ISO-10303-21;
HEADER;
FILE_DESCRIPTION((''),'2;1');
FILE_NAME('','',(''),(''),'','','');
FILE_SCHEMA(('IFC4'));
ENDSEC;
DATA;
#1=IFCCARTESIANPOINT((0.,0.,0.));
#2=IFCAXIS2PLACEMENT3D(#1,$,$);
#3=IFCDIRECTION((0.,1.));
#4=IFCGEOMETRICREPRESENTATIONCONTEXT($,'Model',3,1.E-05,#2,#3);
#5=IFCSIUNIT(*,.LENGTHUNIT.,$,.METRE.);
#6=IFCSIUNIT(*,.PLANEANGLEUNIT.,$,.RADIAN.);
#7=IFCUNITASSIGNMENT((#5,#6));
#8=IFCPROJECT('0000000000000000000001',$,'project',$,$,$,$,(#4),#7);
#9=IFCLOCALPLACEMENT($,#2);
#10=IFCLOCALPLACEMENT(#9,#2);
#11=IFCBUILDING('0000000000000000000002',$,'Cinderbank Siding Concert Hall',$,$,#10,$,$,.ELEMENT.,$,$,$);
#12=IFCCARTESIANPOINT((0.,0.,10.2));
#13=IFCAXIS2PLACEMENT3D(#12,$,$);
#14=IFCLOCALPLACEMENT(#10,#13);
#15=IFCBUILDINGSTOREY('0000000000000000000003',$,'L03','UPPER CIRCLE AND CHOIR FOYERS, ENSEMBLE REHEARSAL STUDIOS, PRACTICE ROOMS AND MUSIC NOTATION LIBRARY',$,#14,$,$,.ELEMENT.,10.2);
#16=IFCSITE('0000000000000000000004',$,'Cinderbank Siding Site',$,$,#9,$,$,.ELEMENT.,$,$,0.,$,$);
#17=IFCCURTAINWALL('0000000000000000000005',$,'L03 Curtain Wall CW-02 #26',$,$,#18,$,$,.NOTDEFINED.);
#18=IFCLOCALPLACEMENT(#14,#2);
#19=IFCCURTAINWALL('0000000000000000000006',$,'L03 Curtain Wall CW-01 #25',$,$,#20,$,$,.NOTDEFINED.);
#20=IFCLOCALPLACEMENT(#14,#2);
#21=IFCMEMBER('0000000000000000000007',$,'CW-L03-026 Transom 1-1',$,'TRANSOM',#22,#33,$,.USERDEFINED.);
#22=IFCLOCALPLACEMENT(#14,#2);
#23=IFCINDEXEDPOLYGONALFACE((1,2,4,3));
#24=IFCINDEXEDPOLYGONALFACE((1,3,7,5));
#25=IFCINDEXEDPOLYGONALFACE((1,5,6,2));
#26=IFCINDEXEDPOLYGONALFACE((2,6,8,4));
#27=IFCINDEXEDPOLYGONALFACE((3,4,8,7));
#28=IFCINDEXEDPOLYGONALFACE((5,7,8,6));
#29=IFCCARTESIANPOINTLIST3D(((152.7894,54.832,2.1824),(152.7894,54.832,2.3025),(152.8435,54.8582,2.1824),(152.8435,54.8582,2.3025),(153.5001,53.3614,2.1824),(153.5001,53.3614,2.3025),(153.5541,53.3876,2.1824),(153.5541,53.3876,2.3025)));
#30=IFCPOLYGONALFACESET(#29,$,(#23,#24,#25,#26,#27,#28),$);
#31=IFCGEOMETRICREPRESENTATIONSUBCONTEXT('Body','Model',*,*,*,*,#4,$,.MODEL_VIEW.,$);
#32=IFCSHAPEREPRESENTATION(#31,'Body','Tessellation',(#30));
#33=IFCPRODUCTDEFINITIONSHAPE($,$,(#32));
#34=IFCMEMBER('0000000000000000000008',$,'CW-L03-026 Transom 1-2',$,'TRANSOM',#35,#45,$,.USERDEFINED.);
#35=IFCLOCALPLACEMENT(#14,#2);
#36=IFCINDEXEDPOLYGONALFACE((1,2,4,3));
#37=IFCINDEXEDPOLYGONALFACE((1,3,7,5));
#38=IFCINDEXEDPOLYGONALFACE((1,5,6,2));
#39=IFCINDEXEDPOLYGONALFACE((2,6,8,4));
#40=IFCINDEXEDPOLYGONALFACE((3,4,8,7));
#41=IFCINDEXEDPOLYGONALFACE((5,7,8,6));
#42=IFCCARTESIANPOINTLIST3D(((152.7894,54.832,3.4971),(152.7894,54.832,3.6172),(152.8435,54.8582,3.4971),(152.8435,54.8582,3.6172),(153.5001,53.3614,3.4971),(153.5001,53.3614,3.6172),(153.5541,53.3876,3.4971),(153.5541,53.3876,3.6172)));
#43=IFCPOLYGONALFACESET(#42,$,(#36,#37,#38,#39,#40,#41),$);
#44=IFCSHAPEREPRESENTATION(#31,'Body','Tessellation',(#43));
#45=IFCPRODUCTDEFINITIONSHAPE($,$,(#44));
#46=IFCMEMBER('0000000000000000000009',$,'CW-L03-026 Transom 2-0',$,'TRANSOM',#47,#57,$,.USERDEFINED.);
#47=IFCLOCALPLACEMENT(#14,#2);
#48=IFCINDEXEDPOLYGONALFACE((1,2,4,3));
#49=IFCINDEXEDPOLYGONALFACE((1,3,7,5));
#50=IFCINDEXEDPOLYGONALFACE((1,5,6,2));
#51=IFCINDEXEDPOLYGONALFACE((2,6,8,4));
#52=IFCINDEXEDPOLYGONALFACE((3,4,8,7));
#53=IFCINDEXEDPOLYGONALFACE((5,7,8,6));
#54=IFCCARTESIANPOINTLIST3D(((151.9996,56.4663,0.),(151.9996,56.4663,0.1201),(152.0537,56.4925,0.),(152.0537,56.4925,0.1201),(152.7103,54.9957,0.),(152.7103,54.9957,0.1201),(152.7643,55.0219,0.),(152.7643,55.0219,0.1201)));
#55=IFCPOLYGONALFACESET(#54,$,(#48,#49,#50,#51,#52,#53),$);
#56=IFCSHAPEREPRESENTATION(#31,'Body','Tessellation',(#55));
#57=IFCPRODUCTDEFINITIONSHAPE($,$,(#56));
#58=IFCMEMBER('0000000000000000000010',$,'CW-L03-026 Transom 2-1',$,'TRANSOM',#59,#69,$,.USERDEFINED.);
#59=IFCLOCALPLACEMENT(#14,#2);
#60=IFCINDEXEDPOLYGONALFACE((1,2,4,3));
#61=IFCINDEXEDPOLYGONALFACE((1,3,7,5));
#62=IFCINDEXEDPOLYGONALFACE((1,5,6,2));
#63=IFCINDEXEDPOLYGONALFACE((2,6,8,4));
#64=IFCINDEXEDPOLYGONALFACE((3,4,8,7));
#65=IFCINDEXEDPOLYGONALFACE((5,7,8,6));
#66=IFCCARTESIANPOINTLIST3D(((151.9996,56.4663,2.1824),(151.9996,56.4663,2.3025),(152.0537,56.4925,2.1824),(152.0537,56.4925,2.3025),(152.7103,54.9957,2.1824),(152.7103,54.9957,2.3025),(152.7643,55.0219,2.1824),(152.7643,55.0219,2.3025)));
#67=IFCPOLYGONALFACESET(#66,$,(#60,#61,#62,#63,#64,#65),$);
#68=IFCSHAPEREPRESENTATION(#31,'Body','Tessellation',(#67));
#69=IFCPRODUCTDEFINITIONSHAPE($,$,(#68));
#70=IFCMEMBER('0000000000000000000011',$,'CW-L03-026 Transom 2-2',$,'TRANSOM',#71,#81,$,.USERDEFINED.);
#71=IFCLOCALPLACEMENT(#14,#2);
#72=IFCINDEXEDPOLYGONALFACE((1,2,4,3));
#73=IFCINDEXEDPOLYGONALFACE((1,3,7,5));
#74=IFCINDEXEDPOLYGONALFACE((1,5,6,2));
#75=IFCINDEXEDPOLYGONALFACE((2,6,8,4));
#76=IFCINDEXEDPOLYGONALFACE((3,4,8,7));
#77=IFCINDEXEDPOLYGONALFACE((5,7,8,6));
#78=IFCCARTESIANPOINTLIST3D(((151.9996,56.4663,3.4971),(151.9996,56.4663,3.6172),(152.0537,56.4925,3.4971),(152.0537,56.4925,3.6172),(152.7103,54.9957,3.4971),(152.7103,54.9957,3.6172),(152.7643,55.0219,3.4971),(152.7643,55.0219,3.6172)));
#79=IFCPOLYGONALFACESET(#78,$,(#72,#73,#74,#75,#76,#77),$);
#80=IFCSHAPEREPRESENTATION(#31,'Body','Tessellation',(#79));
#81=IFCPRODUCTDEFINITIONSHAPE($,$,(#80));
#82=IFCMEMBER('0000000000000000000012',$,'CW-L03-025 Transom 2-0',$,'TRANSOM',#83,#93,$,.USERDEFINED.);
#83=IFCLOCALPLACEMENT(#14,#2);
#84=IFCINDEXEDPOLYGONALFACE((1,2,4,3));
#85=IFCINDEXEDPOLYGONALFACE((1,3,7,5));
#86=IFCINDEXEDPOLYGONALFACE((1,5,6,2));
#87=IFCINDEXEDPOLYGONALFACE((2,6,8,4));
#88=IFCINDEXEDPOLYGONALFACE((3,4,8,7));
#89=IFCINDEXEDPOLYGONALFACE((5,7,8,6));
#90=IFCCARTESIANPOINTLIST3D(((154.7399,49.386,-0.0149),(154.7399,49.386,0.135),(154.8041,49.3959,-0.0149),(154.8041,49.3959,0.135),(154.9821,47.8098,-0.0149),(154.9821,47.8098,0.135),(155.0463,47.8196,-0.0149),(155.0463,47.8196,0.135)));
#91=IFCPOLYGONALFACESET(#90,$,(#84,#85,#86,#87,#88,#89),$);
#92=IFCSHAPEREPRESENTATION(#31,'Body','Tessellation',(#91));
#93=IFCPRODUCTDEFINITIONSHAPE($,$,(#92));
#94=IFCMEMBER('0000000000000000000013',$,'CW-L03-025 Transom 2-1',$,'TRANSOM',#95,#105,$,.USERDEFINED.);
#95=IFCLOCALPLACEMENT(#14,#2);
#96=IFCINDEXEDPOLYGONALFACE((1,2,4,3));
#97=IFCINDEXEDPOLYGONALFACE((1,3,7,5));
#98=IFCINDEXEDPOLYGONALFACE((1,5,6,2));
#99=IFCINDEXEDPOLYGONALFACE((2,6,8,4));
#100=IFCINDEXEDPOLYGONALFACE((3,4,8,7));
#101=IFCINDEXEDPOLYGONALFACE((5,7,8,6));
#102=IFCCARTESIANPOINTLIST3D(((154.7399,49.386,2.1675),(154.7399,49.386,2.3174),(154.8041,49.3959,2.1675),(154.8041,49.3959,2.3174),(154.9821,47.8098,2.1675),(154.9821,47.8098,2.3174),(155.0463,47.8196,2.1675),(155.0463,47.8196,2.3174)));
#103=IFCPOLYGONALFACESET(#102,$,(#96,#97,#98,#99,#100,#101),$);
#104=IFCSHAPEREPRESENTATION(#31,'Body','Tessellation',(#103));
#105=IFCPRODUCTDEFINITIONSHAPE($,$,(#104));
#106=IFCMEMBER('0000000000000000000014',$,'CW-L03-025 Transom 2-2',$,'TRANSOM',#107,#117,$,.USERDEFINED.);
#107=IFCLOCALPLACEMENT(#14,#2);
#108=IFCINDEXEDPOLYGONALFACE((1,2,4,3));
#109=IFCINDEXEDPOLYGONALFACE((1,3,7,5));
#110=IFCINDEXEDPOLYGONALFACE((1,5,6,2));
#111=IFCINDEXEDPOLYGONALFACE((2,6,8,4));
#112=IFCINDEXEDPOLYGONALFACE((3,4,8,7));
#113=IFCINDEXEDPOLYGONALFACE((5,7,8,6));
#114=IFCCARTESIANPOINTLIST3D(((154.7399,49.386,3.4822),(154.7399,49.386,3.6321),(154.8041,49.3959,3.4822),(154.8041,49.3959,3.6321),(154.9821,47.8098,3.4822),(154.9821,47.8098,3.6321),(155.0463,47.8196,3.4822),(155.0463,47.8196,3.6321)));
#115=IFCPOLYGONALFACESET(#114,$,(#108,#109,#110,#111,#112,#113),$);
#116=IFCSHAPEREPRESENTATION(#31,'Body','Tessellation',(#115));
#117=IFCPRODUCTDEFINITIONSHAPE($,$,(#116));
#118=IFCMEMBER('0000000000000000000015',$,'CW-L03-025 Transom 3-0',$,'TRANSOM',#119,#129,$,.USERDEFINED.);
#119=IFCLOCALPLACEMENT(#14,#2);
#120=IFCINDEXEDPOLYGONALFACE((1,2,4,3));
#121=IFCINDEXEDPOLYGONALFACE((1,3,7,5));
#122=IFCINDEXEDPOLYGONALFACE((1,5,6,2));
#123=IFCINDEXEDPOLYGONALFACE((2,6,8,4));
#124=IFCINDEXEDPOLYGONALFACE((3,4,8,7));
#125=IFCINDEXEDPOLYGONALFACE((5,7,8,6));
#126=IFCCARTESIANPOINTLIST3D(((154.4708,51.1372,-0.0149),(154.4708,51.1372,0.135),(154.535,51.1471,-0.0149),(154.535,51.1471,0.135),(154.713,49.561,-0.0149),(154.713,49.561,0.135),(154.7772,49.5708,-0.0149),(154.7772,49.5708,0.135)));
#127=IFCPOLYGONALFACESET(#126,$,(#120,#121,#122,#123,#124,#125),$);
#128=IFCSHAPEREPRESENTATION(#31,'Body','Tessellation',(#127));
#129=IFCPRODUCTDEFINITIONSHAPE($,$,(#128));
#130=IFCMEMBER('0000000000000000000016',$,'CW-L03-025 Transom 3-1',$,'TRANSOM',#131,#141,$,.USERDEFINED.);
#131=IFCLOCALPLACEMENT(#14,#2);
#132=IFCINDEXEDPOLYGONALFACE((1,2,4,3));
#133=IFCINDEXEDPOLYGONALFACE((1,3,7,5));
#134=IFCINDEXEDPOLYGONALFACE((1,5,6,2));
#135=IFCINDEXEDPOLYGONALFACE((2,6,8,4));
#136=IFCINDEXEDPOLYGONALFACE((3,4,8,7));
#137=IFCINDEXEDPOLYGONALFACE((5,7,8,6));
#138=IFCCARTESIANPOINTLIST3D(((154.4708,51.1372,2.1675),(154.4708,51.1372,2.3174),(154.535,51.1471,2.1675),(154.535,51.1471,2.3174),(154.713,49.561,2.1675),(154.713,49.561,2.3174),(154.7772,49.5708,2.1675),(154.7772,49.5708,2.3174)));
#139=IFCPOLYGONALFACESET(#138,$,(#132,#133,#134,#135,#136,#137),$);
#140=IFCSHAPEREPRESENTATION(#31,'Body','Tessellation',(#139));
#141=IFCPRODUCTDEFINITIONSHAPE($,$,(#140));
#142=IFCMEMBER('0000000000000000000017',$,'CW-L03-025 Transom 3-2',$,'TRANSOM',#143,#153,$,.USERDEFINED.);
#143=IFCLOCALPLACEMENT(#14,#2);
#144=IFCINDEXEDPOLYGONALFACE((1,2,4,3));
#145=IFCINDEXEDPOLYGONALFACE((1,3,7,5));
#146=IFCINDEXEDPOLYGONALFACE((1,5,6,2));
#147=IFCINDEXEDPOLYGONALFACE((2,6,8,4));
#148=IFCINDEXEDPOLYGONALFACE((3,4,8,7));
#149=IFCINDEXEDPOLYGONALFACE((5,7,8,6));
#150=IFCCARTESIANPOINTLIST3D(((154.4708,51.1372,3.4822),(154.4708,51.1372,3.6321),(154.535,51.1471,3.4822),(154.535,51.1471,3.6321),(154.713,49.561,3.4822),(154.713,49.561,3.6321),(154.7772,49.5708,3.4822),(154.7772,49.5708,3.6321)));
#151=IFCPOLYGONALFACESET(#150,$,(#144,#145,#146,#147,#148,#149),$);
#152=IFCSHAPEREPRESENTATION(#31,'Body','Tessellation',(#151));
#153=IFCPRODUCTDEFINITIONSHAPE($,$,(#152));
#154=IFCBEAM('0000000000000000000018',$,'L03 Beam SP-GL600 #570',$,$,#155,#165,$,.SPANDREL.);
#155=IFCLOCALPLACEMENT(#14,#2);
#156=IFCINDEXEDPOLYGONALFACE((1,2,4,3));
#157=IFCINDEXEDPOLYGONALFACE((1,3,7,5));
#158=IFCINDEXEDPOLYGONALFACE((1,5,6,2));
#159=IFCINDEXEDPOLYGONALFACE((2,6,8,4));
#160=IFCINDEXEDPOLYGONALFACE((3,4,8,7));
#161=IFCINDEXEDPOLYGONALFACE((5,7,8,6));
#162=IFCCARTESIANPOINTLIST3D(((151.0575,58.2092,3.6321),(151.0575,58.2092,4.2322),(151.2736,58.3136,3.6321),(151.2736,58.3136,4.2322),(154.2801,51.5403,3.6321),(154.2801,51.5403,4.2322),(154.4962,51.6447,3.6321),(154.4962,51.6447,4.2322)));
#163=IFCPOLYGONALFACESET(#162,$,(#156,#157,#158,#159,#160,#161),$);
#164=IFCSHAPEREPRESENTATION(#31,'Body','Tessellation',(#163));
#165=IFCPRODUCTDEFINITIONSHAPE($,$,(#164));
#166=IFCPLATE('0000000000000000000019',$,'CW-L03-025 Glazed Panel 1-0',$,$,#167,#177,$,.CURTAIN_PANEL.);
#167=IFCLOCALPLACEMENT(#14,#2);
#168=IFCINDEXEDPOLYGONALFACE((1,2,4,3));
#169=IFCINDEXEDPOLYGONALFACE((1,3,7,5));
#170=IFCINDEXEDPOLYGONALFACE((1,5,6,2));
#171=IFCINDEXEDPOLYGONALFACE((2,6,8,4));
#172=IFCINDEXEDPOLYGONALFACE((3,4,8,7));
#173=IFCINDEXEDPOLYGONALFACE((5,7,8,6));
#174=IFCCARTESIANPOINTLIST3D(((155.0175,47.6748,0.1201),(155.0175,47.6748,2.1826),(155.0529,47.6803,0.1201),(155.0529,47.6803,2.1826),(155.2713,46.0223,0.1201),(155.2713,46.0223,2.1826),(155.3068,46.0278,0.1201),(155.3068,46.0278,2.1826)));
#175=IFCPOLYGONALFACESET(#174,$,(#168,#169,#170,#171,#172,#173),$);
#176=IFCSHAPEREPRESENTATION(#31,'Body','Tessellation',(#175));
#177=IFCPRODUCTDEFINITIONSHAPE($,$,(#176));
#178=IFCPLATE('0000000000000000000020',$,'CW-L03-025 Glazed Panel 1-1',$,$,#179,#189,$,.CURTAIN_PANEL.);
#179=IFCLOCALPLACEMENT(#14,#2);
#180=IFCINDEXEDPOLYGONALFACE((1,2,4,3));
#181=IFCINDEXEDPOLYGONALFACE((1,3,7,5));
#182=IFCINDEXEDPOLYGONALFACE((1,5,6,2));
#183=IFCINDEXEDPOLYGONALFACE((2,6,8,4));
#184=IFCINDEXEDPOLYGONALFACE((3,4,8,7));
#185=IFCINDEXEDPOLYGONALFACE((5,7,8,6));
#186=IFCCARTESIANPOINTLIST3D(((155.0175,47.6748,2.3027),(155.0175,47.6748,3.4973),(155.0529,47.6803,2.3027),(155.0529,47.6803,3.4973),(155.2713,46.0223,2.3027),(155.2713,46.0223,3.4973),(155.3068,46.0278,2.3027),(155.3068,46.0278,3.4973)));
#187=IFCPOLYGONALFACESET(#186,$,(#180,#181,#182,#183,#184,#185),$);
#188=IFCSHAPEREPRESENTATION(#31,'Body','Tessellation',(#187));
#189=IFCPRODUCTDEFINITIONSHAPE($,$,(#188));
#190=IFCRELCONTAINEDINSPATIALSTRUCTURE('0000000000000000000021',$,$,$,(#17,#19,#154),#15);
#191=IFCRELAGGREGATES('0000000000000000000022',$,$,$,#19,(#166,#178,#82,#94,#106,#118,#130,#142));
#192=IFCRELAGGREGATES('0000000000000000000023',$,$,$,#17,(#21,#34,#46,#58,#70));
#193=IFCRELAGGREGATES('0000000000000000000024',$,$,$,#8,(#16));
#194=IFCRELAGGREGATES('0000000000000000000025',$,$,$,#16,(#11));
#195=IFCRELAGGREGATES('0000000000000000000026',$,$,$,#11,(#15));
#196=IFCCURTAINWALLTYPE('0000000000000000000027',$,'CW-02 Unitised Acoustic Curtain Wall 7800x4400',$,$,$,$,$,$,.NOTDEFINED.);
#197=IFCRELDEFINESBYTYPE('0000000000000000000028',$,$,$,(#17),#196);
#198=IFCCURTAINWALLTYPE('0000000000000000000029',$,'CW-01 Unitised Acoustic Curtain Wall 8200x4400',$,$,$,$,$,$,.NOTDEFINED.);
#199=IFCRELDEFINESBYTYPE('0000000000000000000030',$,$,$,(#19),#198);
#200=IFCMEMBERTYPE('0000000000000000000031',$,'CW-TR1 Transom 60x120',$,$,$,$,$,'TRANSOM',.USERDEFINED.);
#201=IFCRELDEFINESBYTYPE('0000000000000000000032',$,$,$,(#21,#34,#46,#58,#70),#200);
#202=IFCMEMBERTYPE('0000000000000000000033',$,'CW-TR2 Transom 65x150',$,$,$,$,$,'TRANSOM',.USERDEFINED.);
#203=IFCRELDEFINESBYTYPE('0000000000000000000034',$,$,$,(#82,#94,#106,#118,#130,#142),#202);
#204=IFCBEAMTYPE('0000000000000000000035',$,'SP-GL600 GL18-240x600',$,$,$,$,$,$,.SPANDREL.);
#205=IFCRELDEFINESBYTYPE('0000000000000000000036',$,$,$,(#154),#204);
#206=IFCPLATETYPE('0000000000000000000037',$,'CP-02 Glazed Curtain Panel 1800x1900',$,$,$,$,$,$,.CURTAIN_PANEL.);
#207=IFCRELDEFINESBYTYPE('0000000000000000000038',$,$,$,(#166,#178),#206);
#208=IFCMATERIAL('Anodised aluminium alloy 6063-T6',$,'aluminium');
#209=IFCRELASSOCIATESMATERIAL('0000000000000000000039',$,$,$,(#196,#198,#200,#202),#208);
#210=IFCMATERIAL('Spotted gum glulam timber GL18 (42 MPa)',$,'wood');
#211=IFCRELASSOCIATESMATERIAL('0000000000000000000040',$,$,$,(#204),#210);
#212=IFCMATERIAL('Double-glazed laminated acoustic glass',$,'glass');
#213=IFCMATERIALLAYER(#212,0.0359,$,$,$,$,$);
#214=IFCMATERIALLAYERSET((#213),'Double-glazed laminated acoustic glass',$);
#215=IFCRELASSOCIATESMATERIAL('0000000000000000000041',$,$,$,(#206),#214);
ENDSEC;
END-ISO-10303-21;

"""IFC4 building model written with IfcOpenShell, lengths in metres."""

from ifc_helpers import new_model, si_unit, direction, frame, origin, origin_2d, place, context, subcontext, project, spatial, rectangle, extrude, material, layer, layer_set, material_profile, profile_set, type_object, element, aggregate, save


model = new_model("IFC4")

# Units and contexts
model_context = context("Model", 3, precision=1e-05, world=origin(), true_north=direction((0.0, 1.0)))
body_context = subcontext(model_context, "Body", "Model", "MODEL_VIEW")
ifc_project = project(units=[si_unit("LENGTHUNIT", "METRE"), si_unit("PLANEANGLEUNIT", "RADIAN")], contexts=[model_context])

# Site, building, storey
site_placement = place(None, origin())
site = spatial("IfcSite", under=ifc_project, at=site_placement, Name="Cinderbank Siding Site", CompositionType="ELEMENT", RefElevation=0.0)
building_placement = place(site_placement, origin())
building = spatial("IfcBuilding", under=site, at=building_placement, Name="Cinderbank Siding Concert Hall", CompositionType="ELEMENT")
storey_placement = place(building_placement, frame((0.0, 0.0, 10.2)))
storey = spatial("IfcBuildingStorey", under=building, at=storey_placement, Name="L03", Description="UPPER CIRCLE AND CHOIR FOYERS, ENSEMBLE REHEARSAL STUDIOS, PRACTICE ROOMS AND MUSIC NOTATION LIBRARY", CompositionType="ELEMENT", Elevation=10.2)

# Curtain walls
ifc_material_1 = material(Name="Anodised aluminium alloy 6063-T6", Category="aluminium")
curtain_wall_type_1 = type_object("IfcCurtainWallType", Name="CW-02 Unitised Acoustic Curtain Wall 7800x4400", PredefinedType="NOTDEFINED", material=ifc_material_1)
curtain_wall_1_placement = place(storey_placement, origin())
curtain_wall_1 = element("IfcCurtainWall", 1, at=curtain_wall_1_placement, inside=storey, type_object=curtain_wall_type_1, Name="L03 Curtain Wall CW-02 #26", PredefinedType="NOTDEFINED")
curtain_wall_type_2 = type_object("IfcCurtainWallType", Name="CW-01 Unitised Acoustic Curtain Wall 8200x4400", PredefinedType="NOTDEFINED", material=ifc_material_1)
curtain_wall_2_placement = place(storey_placement, origin())
curtain_wall_2 = element("IfcCurtainWall", 2, at=curtain_wall_2_placement, inside=storey, type_object=curtain_wall_type_2, Name="L03 Curtain Wall CW-01 #25", PredefinedType="NOTDEFINED")

# Members
ifc_material_profile_1 = material_profile(ifc_material_1, rectangle(XDim=0.0601, YDim=0.1201, at=origin_2d()), Name="ALU-TRAN-60x120", Category="LoadBearing")
ifc_profile_set_1 = profile_set([ifc_material_profile_1], Name="Anodised aluminium alloy 6063-T6")
member_type_1 = type_object("IfcMemberType", Name="CW-TR1 Transom 60x120", ElementType="TRANSOM", PredefinedType="USERDEFINED", material=ifc_profile_set_1)
member_1_placement = place(storey_placement, frame((153.5271, 53.3745, 2.2424), z_axis=(-0.435096, 0.900384, 0.0), x_axis=(-0.900384, -0.435096, 0.0)))
member_1 = element("IfcMember", 3, at=member_1_placement, type_object=member_type_1, Name="CW-L03-026 Transom 1-1", ObjectType="TRANSOM", PredefinedType="USERDEFINED", context=body_context, shape_type="SweptSolid", body=[
    extrude(rectangle(XDim=0.0601, YDim=0.1201, at=origin_2d()), origin(), (0.0, 0.0, 1.0), 1.6333),
])
member_2_placement = place(storey_placement, frame((153.5271, 53.3745, 3.5571), z_axis=(-0.435096, 0.900384, 0.0), x_axis=(-0.900384, -0.435096, 0.0)))
member_2 = element("IfcMember", 4, at=member_2_placement, type_object=member_type_1, Name="CW-L03-026 Transom 1-2", ObjectType="TRANSOM", PredefinedType="USERDEFINED", context=body_context, shape_type="SweptSolid", body=[
    extrude(rectangle(XDim=0.0601, YDim=0.1201, at=origin_2d()), origin(), (0.0, 0.0, 1.0), 1.6333),
])
member_3_placement = place(storey_placement, frame((152.7373, 55.0088, 0.0601), z_axis=(-0.435096, 0.900384, 0.0), x_axis=(-0.900384, -0.435096, 0.0)))
member_3 = element("IfcMember", 5, at=member_3_placement, type_object=member_type_1, Name="CW-L03-026 Transom 2-0", ObjectType="TRANSOM", PredefinedType="USERDEFINED", context=body_context, shape_type="SweptSolid", body=[
    extrude(rectangle(XDim=0.0601, YDim=0.1201, at=origin_2d()), origin(), (0.0, 0.0, 1.0), 1.6333),
])
member_4_placement = place(storey_placement, frame((152.7373, 55.0088, 2.2424), z_axis=(-0.435096, 0.900384, 0.0), x_axis=(-0.900384, -0.435096, 0.0)))
member_4 = element("IfcMember", 6, at=member_4_placement, type_object=member_type_1, Name="CW-L03-026 Transom 2-1", ObjectType="TRANSOM", PredefinedType="USERDEFINED", context=body_context, shape_type="SweptSolid", body=[
    extrude(rectangle(XDim=0.0601, YDim=0.1201, at=origin_2d()), origin(), (0.0, 0.0, 1.0), 1.6333),
])
member_5_placement = place(storey_placement, frame((152.7373, 55.0088, 3.5571), z_axis=(-0.435096, 0.900384, 0.0), x_axis=(-0.900384, -0.435096, 0.0)))
member_5 = element("IfcMember", 7, at=member_5_placement, type_object=member_type_1, Name="CW-L03-026 Transom 2-2", ObjectType="TRANSOM", PredefinedType="USERDEFINED", context=body_context, shape_type="SweptSolid", body=[
    extrude(rectangle(XDim=0.0601, YDim=0.1201, at=origin_2d()), origin(), (0.0, 0.0, 1.0), 1.6333),
])
ifc_material_profile_2 = material_profile(ifc_material_1, rectangle(XDim=0.0649, YDim=0.1499, at=origin_2d()), Name="ALU-TRAN-65x150", Category="LoadBearing")
ifc_profile_set_2 = profile_set([ifc_material_profile_2], Name="Anodised aluminium alloy 6063-T6")
member_type_2 = type_object("IfcMemberType", Name="CW-TR2 Transom 65x150", ElementType="TRANSOM", PredefinedType="USERDEFINED", material=ifc_profile_set_2)
member_6_placement = place(storey_placement, frame((155.0142, 47.8147, 0.0601), z_axis=(-0.151873, 0.9884, 0.0), x_axis=(-0.9884, -0.151873, 0.0)))
member_6 = element("IfcMember", 8, at=member_6_placement, type_object=member_type_2, Name="CW-L03-025 Transom 2-0", ObjectType="TRANSOM", PredefinedType="USERDEFINED", context=body_context, shape_type="SweptSolid", body=[
    extrude(rectangle(XDim=0.0649, YDim=0.1499, at=origin_2d()), origin(), (0.0, 0.0, 1.0), 1.5947),
])
member_7_placement = place(storey_placement, frame((155.0142, 47.8147, 2.2424), z_axis=(-0.151873, 0.9884, 0.0), x_axis=(-0.9884, -0.151873, 0.0)))
member_7 = element("IfcMember", 9, at=member_7_placement, type_object=member_type_2, Name="CW-L03-025 Transom 2-1", ObjectType="TRANSOM", PredefinedType="USERDEFINED", context=body_context, shape_type="SweptSolid", body=[
    extrude(rectangle(XDim=0.0649, YDim=0.1499, at=origin_2d()), origin(), (0.0, 0.0, 1.0), 1.5947),
])
member_8_placement = place(storey_placement, frame((155.0142, 47.8147, 3.5571), z_axis=(-0.151873, 0.9884, 0.0), x_axis=(-0.9884, -0.151873, 0.0)))
member_8 = element("IfcMember", 10, at=member_8_placement, type_object=member_type_2, Name="CW-L03-025 Transom 2-2", ObjectType="TRANSOM", PredefinedType="USERDEFINED", context=body_context, shape_type="SweptSolid", body=[
    extrude(rectangle(XDim=0.0649, YDim=0.1499, at=origin_2d()), origin(), (0.0, 0.0, 1.0), 1.5947),
])
member_9_placement = place(storey_placement, frame((154.7451, 49.5659, 0.0601), z_axis=(-0.151873, 0.9884, 0.0), x_axis=(-0.9884, -0.151873, 0.0)))
member_9 = element("IfcMember", 11, at=member_9_placement, type_object=member_type_2, Name="CW-L03-025 Transom 3-0", ObjectType="TRANSOM", PredefinedType="USERDEFINED", context=body_context, shape_type="SweptSolid", body=[
    extrude(rectangle(XDim=0.0649, YDim=0.1499, at=origin_2d()), origin(), (0.0, 0.0, 1.0), 1.5947),
])
member_10_placement = place(storey_placement, frame((154.7451, 49.5659, 2.2424), z_axis=(-0.151873, 0.9884, 0.0), x_axis=(-0.9884, -0.151873, 0.0)))
member_10 = element("IfcMember", 12, at=member_10_placement, type_object=member_type_2, Name="CW-L03-025 Transom 3-1", ObjectType="TRANSOM", PredefinedType="USERDEFINED", context=body_context, shape_type="SweptSolid", body=[
    extrude(rectangle(XDim=0.0649, YDim=0.1499, at=origin_2d()), origin(), (0.0, 0.0, 1.0), 1.5947),
])
member_11_placement = place(storey_placement, frame((154.7451, 49.5659, 3.5571), z_axis=(-0.151873, 0.9884, 0.0), x_axis=(-0.9884, -0.151873, 0.0)))
member_11 = element("IfcMember", 13, at=member_11_placement, type_object=member_type_2, Name="CW-L03-025 Transom 3-2", ObjectType="TRANSOM", PredefinedType="USERDEFINED", context=body_context, shape_type="SweptSolid", body=[
    extrude(rectangle(XDim=0.0649, YDim=0.1499, at=origin_2d()), origin(), (0.0, 0.0, 1.0), 1.5947),
])

# Beam
ifc_material_2 = material(Name="Spotted gum glulam timber GL18 (42 MPa)", Category="wood")
ifc_material_profile_3 = material_profile(ifc_material_2, rectangle(XDim=0.24, YDim=0.6001, at=origin_2d()), Name="GL18-240x600", Category="LoadBearing")
ifc_profile_set_3 = profile_set([ifc_material_profile_3], Name="Spotted gum glulam timber GL18 (42 MPa)")
beam_type = type_object("IfcBeamType", Name="SP-GL600 GL18-240x600", PredefinedType="SPANDREL", material=ifc_profile_set_3)
beam_placement = place(storey_placement, frame((154.3882, 51.5925, 3.9321), z_axis=(-0.435096, 0.900384, 0.0), x_axis=(-0.900384, -0.435096, 0.0)))
element("IfcBeam", 14, at=beam_placement, inside=storey, type_object=beam_type, Name="L03 Beam SP-GL600 #570", PredefinedType="SPANDREL", context=body_context, shape_type="SweptSolid", body=[
    extrude(rectangle(XDim=0.24, YDim=0.6001, at=origin_2d()), origin(), (0.0, 0.0, 1.0), 7.4067),
])

# Plates
ifc_material_3 = material(Name="Double-glazed laminated acoustic glass", Category="glass")
ifc_layer_1 = layer(ifc_material_3, 0.0359)
ifc_layer_set_1 = layer_set([ifc_layer_1], Name="Double-glazed laminated acoustic glass")
plate_type_1 = type_object("IfcPlateType", Name="CP-02 Glazed Curtain Panel 1800x1900", PredefinedType="CURTAIN_PANEL", material=ifc_layer_set_1)
plate_1_placement = place(storey_placement, frame((155.1621, 46.8513, 0.1201), z_axis=(0.0, 0.0, 1.0), x_axis=(-0.151815, 0.988409, 0.0)))
plate_1 = element("IfcPlate", 15, at=plate_1_placement, type_object=plate_type_1, Name="CW-L03-025 Glazed Panel 1-0", PredefinedType="CURTAIN_PANEL", context=body_context, shape_type="SweptSolid", body=[
    extrude(rectangle(XDim=1.6719, YDim=0.0359, at=origin_2d()), origin(), (0.0, 0.0, 1.0), 2.0625),
])
plate_2_placement = place(storey_placement, frame((155.1621, 46.8513, 2.3027), z_axis=(0.0, 0.0, 1.0), x_axis=(-0.151815, 0.988409, 0.0)))
plate_2 = element("IfcPlate", 16, at=plate_2_placement, type_object=plate_type_1, Name="CW-L03-025 Glazed Panel 1-1", PredefinedType="CURTAIN_PANEL", context=body_context, shape_type="SweptSolid", body=[
    extrude(rectangle(XDim=1.6719, YDim=0.0359, at=origin_2d()), origin(), (0.0, 0.0, 1.0), 1.1946),
])
aggregate(curtain_wall_2, [plate_1, plate_2, member_6, member_7, member_8, member_9, member_10, member_11])
aggregate(curtain_wall_1, [member_1, member_2, member_3, member_4, member_5])

save(model, "model.ifc")
